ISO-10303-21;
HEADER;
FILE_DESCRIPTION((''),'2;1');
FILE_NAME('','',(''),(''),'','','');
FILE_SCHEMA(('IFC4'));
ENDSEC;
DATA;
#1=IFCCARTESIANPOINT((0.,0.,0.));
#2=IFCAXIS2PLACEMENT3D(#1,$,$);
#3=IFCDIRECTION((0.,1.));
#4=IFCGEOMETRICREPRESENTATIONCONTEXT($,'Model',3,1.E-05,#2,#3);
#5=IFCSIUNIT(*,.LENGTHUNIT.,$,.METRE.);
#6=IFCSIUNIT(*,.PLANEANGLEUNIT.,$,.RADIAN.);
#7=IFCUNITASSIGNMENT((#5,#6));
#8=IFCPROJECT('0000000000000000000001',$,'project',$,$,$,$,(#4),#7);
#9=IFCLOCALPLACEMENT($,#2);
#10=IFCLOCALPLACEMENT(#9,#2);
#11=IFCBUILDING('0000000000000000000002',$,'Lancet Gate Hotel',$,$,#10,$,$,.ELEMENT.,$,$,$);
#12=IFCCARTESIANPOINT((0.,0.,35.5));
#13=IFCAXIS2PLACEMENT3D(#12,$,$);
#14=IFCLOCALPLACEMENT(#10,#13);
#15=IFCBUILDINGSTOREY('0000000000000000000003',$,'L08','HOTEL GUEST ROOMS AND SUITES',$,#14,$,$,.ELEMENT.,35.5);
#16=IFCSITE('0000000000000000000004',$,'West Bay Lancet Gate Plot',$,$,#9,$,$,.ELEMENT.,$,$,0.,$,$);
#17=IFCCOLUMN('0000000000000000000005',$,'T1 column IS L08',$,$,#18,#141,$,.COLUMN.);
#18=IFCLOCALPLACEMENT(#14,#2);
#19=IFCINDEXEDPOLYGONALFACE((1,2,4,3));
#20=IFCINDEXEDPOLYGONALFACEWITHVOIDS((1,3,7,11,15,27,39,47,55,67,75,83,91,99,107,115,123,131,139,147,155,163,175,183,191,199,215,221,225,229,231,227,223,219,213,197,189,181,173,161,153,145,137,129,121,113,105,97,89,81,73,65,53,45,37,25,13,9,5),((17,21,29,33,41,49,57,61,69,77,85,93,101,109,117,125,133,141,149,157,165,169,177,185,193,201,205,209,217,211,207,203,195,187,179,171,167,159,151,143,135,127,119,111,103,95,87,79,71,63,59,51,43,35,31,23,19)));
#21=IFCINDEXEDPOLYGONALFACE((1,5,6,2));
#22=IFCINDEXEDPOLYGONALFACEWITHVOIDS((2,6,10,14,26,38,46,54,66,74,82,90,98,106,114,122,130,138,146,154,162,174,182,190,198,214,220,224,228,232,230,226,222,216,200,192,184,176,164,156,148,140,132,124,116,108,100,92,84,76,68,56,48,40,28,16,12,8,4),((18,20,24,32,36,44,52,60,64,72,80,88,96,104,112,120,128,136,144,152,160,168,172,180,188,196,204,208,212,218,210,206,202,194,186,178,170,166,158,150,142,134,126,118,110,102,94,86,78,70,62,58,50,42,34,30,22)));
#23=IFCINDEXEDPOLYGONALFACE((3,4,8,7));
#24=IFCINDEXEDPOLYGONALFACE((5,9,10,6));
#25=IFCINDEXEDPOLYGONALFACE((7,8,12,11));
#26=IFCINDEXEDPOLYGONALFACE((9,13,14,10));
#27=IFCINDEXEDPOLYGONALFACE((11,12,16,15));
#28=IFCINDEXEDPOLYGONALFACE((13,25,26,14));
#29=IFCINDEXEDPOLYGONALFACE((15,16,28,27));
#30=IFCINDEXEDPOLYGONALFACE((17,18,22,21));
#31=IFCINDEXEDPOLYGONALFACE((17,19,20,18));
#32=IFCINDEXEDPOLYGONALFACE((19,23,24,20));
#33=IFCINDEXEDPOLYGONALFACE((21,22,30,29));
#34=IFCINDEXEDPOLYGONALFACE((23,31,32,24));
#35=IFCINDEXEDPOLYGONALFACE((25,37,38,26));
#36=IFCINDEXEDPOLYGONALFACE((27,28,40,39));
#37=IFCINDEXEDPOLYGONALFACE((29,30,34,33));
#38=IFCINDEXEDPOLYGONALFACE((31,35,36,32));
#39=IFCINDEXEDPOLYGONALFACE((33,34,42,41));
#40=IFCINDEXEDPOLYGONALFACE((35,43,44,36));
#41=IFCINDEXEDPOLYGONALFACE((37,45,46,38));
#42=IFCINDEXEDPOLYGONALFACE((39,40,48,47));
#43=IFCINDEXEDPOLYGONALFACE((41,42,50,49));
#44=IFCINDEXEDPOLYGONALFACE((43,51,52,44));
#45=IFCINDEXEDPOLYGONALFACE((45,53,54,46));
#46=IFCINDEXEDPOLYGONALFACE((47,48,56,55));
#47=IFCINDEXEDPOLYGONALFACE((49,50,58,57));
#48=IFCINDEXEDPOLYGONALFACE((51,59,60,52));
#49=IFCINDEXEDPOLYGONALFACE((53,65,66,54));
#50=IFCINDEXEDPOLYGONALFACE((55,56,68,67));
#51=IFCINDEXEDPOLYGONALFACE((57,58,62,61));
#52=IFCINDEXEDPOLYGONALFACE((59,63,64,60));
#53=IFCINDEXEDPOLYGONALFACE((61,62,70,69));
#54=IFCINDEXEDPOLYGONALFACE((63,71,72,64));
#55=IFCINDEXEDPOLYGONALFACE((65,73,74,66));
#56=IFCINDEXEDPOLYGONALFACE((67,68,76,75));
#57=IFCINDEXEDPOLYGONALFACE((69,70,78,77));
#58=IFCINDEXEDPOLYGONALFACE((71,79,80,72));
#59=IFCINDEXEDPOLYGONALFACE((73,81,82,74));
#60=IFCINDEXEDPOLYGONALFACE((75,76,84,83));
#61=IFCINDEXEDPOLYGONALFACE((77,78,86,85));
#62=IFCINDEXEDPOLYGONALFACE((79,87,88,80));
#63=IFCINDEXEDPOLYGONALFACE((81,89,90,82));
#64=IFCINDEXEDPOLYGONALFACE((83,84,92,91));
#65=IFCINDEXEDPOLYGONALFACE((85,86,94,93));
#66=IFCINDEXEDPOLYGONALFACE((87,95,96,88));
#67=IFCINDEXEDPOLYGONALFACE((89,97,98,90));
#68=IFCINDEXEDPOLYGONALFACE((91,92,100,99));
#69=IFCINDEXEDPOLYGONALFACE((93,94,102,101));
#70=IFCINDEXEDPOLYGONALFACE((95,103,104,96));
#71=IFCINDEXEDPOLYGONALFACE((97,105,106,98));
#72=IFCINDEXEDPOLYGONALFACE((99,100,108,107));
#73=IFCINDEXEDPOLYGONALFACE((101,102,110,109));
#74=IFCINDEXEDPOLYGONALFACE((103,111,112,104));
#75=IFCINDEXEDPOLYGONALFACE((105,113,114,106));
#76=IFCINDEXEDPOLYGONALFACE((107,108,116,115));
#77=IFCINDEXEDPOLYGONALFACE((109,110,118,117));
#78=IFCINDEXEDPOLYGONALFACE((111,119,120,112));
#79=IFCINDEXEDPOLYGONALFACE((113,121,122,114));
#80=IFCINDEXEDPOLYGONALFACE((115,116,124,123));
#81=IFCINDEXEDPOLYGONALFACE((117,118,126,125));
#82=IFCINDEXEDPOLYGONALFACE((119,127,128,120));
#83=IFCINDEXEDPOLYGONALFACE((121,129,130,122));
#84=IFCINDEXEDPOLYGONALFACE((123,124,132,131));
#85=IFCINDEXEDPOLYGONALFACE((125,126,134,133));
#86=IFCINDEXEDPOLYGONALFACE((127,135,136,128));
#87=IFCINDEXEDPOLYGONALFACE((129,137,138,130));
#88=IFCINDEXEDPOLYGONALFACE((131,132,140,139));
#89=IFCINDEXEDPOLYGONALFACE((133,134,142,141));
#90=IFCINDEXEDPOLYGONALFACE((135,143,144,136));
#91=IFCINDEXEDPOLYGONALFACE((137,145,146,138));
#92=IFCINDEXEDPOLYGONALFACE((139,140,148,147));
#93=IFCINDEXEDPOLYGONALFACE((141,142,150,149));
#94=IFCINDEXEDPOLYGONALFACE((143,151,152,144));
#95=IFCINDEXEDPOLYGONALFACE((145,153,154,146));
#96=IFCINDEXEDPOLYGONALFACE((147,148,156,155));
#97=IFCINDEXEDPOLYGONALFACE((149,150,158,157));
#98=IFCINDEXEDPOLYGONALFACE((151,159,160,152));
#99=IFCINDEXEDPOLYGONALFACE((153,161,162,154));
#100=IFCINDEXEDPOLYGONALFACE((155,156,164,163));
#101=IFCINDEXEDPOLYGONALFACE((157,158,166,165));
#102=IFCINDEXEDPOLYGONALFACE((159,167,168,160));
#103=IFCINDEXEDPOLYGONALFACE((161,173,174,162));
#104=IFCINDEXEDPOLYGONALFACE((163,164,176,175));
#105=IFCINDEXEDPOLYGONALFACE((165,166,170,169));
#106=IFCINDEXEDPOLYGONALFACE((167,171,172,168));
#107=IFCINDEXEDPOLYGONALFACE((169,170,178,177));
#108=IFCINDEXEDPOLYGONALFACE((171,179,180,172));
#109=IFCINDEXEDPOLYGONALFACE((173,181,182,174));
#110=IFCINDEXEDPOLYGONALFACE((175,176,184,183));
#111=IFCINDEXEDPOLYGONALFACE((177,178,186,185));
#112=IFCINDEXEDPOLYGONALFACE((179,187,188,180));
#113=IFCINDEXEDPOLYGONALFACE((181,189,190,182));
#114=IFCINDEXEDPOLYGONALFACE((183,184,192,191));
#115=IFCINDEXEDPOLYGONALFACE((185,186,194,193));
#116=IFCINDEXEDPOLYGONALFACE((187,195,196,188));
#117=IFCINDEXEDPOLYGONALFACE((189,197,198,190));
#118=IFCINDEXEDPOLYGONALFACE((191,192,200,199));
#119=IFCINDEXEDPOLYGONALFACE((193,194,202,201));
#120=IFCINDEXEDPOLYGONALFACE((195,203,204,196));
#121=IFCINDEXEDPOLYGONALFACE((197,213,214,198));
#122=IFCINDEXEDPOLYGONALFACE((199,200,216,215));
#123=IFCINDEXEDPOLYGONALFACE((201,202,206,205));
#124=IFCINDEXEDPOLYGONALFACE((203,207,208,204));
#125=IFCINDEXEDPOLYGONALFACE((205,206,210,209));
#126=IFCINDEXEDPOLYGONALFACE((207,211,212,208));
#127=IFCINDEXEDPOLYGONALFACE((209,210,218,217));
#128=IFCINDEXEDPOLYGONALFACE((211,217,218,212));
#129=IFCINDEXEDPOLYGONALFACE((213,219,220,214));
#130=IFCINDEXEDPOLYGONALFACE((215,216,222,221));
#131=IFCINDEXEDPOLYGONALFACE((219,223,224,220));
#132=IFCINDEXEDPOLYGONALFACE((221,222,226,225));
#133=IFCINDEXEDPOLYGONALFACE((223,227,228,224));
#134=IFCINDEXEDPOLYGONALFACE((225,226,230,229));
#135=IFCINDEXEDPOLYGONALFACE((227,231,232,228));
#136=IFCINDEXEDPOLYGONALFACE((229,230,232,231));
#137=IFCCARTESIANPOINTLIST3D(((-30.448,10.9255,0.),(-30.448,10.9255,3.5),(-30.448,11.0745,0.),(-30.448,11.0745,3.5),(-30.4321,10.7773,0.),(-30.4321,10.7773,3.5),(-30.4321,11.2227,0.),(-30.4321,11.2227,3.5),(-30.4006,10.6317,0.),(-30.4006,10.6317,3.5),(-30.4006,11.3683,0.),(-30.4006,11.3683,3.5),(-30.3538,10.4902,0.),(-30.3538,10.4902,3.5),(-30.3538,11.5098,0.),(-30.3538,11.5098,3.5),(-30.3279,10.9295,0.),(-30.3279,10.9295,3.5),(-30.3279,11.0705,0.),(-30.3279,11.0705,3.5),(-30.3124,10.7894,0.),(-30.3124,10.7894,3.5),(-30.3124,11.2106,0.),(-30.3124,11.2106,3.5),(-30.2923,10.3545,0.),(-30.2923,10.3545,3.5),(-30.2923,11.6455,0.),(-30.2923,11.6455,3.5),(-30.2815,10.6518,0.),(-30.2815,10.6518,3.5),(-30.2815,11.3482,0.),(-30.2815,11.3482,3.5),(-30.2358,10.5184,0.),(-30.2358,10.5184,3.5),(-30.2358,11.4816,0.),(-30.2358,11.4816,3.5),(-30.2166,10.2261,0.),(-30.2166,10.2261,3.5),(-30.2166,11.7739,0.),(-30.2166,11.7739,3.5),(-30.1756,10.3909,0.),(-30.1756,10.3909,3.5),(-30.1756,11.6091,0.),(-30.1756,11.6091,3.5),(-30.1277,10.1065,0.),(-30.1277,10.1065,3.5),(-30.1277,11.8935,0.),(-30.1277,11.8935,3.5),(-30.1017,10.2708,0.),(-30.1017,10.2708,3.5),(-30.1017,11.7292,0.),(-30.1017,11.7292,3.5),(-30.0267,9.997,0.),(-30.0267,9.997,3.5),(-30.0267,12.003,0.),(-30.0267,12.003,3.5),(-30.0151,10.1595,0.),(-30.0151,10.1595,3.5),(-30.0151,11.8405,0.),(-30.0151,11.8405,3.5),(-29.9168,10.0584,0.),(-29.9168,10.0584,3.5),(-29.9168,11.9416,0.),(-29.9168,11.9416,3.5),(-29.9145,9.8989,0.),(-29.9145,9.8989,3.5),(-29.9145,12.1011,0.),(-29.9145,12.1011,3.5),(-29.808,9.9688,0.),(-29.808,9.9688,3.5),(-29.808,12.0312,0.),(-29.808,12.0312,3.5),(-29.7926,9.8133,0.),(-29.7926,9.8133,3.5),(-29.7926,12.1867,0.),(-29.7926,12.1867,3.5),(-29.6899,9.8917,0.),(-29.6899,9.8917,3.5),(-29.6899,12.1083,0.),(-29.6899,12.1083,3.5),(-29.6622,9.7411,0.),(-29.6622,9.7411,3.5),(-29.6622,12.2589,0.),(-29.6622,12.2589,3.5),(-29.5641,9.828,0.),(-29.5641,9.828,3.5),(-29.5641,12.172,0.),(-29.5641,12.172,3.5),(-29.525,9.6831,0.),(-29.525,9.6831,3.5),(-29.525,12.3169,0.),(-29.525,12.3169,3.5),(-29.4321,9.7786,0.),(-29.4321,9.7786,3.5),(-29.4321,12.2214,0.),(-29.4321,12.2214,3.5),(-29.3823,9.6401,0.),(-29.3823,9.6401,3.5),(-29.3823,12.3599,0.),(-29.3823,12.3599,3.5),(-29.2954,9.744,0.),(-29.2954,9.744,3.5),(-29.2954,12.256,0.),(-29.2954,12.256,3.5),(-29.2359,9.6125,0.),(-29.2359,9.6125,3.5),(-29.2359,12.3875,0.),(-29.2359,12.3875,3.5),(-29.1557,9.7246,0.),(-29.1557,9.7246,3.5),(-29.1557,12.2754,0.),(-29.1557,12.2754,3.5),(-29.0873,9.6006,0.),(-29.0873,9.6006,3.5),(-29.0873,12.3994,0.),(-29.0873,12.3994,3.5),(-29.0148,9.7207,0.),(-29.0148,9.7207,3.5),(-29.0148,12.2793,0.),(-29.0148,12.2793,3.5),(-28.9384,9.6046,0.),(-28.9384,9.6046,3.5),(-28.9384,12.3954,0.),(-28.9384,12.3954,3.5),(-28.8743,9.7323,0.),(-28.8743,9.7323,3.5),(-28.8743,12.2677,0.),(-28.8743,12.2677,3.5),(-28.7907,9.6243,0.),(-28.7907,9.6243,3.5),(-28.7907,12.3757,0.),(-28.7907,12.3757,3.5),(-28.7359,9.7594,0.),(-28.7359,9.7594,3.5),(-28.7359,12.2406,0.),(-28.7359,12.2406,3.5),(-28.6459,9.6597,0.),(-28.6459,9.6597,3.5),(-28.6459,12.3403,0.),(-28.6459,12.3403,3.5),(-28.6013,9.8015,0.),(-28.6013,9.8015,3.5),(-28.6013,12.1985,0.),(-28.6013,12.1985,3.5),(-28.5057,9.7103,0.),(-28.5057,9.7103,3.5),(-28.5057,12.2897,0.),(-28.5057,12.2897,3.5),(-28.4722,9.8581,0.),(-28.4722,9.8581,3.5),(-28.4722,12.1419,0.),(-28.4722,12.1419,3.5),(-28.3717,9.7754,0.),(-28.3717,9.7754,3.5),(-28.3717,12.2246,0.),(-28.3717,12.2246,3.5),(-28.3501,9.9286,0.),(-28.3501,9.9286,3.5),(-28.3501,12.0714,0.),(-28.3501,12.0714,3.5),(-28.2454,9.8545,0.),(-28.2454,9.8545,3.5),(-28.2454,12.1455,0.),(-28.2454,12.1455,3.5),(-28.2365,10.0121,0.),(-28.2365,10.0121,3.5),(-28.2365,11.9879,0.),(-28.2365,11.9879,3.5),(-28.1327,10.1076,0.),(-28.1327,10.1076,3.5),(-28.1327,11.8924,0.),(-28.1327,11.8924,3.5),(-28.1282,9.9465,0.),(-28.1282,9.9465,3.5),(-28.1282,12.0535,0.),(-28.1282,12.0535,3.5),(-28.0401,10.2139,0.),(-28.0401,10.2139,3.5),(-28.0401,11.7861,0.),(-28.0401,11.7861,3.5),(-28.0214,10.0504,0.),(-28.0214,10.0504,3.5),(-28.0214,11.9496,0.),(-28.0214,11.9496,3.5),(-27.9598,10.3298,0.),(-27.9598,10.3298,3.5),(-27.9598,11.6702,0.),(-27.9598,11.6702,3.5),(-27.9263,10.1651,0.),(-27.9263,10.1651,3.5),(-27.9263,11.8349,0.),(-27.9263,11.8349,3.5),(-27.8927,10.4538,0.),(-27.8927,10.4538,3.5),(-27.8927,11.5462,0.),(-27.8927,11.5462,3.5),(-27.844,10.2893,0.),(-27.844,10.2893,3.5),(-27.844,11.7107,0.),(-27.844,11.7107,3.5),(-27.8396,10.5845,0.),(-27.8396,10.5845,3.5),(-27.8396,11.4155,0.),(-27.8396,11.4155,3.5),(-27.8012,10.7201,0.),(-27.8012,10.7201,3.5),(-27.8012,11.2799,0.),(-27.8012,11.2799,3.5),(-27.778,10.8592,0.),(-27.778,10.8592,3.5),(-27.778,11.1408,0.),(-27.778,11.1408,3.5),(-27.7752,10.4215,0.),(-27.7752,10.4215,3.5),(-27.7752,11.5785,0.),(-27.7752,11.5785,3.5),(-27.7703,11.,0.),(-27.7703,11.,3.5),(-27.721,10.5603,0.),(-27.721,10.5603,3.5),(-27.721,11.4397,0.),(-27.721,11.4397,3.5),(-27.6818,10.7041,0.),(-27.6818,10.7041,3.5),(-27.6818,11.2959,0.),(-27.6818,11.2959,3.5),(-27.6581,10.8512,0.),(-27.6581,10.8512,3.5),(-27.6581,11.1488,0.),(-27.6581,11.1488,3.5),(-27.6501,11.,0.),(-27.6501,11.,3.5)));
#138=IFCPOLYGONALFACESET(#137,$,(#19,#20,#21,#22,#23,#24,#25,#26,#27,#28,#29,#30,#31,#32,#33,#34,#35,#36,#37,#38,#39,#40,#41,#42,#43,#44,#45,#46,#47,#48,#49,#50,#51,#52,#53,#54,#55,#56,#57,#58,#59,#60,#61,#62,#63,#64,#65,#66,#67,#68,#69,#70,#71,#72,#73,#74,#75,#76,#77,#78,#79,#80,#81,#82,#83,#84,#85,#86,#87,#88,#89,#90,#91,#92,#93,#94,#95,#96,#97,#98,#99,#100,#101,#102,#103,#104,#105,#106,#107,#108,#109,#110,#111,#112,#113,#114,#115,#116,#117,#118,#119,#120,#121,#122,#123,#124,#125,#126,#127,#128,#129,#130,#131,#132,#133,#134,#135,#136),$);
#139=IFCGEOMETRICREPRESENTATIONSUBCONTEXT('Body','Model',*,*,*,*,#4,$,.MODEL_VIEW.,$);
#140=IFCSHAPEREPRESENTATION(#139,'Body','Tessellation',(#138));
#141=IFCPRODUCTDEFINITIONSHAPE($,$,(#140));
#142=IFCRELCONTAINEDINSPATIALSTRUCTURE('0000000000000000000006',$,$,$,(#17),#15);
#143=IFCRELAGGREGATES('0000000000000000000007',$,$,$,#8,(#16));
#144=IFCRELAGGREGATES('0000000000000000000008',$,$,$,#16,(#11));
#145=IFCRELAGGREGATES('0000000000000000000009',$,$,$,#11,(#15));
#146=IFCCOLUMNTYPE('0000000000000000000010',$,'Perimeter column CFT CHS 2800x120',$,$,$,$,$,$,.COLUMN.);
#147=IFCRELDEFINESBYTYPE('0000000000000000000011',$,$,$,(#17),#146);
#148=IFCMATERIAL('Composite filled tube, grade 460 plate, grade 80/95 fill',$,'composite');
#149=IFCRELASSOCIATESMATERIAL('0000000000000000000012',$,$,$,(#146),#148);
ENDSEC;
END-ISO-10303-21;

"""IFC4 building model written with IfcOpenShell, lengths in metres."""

from ifc_helpers import new_model, si_unit, direction, frame, origin, origin_2d, place, context, subcontext, project, spatial, hollow_circle, extrude, material, material_profile, profile_set, type_object, element, save


model = new_model("IFC4")

# Units and contexts
model_context = context("Model", 3, precision=1e-05, world=origin(), true_north=direction((0.0, 1.0)))
body_context = subcontext(model_context, "Body", "Model", "MODEL_VIEW")
ifc_project = project(units=[si_unit("LENGTHUNIT", "METRE"), si_unit("PLANEANGLEUNIT", "RADIAN")], contexts=[model_context])

# Site, building, storey
site_placement = place(None, origin())
site = spatial("IfcSite", under=ifc_project, at=site_placement, Name="West Bay Lancet Gate Plot", CompositionType="ELEMENT", RefElevation=0.0)
building_placement = place(site_placement, origin())
building = spatial("IfcBuilding", under=site, at=building_placement, Name="Lancet Gate Hotel", CompositionType="ELEMENT")
storey_placement = place(building_placement, frame((0.0, 0.0, 35.5)))
storey = spatial("IfcBuildingStorey", under=building, at=storey_placement, Name="L08", Description="HOTEL GUEST ROOMS AND SUITES", CompositionType="ELEMENT", Elevation=35.5)

# Column
ifc_material_1 = material(Name="Composite filled tube, grade 460 plate, grade 80/95 fill", Category="composite")
ifc_material_profile_1 = material_profile(ifc_material_1, hollow_circle(Radius=1.3999, WallThickness=0.1201, at=origin_2d()), Name="CHS 2800x120")
ifc_profile_set_1 = profile_set([ifc_material_profile_1], Name="Composite filled tube, grade 460 plate, grade 80/95 fill")
column_type = type_object("IfcColumnType", Name="Perimeter column CFT CHS 2800x120", PredefinedType="COLUMN", material=ifc_profile_set_1)
for number, where, z_axis, x_axis, name in (
    (1, (-29.05, 11.0, 0.0), (0.0, 0.0, 1.0), (1.0, 0.0, 0.0), "T1 column IS L08"),
):
    element("IfcColumn", number, at=place(storey_placement, frame(where, z_axis=z_axis, x_axis=x_axis)), inside=storey, type_object=column_type, Name=name, PredefinedType="COLUMN", context=body_context, shape_type="SweptSolid", body=[
        extrude(hollow_circle(Radius=1.3999, WallThickness=0.1201, at=origin_2d()), origin(), (0.0, 0.0, 1.0), 3.5),
    ])

save(model, "model.ifc")
